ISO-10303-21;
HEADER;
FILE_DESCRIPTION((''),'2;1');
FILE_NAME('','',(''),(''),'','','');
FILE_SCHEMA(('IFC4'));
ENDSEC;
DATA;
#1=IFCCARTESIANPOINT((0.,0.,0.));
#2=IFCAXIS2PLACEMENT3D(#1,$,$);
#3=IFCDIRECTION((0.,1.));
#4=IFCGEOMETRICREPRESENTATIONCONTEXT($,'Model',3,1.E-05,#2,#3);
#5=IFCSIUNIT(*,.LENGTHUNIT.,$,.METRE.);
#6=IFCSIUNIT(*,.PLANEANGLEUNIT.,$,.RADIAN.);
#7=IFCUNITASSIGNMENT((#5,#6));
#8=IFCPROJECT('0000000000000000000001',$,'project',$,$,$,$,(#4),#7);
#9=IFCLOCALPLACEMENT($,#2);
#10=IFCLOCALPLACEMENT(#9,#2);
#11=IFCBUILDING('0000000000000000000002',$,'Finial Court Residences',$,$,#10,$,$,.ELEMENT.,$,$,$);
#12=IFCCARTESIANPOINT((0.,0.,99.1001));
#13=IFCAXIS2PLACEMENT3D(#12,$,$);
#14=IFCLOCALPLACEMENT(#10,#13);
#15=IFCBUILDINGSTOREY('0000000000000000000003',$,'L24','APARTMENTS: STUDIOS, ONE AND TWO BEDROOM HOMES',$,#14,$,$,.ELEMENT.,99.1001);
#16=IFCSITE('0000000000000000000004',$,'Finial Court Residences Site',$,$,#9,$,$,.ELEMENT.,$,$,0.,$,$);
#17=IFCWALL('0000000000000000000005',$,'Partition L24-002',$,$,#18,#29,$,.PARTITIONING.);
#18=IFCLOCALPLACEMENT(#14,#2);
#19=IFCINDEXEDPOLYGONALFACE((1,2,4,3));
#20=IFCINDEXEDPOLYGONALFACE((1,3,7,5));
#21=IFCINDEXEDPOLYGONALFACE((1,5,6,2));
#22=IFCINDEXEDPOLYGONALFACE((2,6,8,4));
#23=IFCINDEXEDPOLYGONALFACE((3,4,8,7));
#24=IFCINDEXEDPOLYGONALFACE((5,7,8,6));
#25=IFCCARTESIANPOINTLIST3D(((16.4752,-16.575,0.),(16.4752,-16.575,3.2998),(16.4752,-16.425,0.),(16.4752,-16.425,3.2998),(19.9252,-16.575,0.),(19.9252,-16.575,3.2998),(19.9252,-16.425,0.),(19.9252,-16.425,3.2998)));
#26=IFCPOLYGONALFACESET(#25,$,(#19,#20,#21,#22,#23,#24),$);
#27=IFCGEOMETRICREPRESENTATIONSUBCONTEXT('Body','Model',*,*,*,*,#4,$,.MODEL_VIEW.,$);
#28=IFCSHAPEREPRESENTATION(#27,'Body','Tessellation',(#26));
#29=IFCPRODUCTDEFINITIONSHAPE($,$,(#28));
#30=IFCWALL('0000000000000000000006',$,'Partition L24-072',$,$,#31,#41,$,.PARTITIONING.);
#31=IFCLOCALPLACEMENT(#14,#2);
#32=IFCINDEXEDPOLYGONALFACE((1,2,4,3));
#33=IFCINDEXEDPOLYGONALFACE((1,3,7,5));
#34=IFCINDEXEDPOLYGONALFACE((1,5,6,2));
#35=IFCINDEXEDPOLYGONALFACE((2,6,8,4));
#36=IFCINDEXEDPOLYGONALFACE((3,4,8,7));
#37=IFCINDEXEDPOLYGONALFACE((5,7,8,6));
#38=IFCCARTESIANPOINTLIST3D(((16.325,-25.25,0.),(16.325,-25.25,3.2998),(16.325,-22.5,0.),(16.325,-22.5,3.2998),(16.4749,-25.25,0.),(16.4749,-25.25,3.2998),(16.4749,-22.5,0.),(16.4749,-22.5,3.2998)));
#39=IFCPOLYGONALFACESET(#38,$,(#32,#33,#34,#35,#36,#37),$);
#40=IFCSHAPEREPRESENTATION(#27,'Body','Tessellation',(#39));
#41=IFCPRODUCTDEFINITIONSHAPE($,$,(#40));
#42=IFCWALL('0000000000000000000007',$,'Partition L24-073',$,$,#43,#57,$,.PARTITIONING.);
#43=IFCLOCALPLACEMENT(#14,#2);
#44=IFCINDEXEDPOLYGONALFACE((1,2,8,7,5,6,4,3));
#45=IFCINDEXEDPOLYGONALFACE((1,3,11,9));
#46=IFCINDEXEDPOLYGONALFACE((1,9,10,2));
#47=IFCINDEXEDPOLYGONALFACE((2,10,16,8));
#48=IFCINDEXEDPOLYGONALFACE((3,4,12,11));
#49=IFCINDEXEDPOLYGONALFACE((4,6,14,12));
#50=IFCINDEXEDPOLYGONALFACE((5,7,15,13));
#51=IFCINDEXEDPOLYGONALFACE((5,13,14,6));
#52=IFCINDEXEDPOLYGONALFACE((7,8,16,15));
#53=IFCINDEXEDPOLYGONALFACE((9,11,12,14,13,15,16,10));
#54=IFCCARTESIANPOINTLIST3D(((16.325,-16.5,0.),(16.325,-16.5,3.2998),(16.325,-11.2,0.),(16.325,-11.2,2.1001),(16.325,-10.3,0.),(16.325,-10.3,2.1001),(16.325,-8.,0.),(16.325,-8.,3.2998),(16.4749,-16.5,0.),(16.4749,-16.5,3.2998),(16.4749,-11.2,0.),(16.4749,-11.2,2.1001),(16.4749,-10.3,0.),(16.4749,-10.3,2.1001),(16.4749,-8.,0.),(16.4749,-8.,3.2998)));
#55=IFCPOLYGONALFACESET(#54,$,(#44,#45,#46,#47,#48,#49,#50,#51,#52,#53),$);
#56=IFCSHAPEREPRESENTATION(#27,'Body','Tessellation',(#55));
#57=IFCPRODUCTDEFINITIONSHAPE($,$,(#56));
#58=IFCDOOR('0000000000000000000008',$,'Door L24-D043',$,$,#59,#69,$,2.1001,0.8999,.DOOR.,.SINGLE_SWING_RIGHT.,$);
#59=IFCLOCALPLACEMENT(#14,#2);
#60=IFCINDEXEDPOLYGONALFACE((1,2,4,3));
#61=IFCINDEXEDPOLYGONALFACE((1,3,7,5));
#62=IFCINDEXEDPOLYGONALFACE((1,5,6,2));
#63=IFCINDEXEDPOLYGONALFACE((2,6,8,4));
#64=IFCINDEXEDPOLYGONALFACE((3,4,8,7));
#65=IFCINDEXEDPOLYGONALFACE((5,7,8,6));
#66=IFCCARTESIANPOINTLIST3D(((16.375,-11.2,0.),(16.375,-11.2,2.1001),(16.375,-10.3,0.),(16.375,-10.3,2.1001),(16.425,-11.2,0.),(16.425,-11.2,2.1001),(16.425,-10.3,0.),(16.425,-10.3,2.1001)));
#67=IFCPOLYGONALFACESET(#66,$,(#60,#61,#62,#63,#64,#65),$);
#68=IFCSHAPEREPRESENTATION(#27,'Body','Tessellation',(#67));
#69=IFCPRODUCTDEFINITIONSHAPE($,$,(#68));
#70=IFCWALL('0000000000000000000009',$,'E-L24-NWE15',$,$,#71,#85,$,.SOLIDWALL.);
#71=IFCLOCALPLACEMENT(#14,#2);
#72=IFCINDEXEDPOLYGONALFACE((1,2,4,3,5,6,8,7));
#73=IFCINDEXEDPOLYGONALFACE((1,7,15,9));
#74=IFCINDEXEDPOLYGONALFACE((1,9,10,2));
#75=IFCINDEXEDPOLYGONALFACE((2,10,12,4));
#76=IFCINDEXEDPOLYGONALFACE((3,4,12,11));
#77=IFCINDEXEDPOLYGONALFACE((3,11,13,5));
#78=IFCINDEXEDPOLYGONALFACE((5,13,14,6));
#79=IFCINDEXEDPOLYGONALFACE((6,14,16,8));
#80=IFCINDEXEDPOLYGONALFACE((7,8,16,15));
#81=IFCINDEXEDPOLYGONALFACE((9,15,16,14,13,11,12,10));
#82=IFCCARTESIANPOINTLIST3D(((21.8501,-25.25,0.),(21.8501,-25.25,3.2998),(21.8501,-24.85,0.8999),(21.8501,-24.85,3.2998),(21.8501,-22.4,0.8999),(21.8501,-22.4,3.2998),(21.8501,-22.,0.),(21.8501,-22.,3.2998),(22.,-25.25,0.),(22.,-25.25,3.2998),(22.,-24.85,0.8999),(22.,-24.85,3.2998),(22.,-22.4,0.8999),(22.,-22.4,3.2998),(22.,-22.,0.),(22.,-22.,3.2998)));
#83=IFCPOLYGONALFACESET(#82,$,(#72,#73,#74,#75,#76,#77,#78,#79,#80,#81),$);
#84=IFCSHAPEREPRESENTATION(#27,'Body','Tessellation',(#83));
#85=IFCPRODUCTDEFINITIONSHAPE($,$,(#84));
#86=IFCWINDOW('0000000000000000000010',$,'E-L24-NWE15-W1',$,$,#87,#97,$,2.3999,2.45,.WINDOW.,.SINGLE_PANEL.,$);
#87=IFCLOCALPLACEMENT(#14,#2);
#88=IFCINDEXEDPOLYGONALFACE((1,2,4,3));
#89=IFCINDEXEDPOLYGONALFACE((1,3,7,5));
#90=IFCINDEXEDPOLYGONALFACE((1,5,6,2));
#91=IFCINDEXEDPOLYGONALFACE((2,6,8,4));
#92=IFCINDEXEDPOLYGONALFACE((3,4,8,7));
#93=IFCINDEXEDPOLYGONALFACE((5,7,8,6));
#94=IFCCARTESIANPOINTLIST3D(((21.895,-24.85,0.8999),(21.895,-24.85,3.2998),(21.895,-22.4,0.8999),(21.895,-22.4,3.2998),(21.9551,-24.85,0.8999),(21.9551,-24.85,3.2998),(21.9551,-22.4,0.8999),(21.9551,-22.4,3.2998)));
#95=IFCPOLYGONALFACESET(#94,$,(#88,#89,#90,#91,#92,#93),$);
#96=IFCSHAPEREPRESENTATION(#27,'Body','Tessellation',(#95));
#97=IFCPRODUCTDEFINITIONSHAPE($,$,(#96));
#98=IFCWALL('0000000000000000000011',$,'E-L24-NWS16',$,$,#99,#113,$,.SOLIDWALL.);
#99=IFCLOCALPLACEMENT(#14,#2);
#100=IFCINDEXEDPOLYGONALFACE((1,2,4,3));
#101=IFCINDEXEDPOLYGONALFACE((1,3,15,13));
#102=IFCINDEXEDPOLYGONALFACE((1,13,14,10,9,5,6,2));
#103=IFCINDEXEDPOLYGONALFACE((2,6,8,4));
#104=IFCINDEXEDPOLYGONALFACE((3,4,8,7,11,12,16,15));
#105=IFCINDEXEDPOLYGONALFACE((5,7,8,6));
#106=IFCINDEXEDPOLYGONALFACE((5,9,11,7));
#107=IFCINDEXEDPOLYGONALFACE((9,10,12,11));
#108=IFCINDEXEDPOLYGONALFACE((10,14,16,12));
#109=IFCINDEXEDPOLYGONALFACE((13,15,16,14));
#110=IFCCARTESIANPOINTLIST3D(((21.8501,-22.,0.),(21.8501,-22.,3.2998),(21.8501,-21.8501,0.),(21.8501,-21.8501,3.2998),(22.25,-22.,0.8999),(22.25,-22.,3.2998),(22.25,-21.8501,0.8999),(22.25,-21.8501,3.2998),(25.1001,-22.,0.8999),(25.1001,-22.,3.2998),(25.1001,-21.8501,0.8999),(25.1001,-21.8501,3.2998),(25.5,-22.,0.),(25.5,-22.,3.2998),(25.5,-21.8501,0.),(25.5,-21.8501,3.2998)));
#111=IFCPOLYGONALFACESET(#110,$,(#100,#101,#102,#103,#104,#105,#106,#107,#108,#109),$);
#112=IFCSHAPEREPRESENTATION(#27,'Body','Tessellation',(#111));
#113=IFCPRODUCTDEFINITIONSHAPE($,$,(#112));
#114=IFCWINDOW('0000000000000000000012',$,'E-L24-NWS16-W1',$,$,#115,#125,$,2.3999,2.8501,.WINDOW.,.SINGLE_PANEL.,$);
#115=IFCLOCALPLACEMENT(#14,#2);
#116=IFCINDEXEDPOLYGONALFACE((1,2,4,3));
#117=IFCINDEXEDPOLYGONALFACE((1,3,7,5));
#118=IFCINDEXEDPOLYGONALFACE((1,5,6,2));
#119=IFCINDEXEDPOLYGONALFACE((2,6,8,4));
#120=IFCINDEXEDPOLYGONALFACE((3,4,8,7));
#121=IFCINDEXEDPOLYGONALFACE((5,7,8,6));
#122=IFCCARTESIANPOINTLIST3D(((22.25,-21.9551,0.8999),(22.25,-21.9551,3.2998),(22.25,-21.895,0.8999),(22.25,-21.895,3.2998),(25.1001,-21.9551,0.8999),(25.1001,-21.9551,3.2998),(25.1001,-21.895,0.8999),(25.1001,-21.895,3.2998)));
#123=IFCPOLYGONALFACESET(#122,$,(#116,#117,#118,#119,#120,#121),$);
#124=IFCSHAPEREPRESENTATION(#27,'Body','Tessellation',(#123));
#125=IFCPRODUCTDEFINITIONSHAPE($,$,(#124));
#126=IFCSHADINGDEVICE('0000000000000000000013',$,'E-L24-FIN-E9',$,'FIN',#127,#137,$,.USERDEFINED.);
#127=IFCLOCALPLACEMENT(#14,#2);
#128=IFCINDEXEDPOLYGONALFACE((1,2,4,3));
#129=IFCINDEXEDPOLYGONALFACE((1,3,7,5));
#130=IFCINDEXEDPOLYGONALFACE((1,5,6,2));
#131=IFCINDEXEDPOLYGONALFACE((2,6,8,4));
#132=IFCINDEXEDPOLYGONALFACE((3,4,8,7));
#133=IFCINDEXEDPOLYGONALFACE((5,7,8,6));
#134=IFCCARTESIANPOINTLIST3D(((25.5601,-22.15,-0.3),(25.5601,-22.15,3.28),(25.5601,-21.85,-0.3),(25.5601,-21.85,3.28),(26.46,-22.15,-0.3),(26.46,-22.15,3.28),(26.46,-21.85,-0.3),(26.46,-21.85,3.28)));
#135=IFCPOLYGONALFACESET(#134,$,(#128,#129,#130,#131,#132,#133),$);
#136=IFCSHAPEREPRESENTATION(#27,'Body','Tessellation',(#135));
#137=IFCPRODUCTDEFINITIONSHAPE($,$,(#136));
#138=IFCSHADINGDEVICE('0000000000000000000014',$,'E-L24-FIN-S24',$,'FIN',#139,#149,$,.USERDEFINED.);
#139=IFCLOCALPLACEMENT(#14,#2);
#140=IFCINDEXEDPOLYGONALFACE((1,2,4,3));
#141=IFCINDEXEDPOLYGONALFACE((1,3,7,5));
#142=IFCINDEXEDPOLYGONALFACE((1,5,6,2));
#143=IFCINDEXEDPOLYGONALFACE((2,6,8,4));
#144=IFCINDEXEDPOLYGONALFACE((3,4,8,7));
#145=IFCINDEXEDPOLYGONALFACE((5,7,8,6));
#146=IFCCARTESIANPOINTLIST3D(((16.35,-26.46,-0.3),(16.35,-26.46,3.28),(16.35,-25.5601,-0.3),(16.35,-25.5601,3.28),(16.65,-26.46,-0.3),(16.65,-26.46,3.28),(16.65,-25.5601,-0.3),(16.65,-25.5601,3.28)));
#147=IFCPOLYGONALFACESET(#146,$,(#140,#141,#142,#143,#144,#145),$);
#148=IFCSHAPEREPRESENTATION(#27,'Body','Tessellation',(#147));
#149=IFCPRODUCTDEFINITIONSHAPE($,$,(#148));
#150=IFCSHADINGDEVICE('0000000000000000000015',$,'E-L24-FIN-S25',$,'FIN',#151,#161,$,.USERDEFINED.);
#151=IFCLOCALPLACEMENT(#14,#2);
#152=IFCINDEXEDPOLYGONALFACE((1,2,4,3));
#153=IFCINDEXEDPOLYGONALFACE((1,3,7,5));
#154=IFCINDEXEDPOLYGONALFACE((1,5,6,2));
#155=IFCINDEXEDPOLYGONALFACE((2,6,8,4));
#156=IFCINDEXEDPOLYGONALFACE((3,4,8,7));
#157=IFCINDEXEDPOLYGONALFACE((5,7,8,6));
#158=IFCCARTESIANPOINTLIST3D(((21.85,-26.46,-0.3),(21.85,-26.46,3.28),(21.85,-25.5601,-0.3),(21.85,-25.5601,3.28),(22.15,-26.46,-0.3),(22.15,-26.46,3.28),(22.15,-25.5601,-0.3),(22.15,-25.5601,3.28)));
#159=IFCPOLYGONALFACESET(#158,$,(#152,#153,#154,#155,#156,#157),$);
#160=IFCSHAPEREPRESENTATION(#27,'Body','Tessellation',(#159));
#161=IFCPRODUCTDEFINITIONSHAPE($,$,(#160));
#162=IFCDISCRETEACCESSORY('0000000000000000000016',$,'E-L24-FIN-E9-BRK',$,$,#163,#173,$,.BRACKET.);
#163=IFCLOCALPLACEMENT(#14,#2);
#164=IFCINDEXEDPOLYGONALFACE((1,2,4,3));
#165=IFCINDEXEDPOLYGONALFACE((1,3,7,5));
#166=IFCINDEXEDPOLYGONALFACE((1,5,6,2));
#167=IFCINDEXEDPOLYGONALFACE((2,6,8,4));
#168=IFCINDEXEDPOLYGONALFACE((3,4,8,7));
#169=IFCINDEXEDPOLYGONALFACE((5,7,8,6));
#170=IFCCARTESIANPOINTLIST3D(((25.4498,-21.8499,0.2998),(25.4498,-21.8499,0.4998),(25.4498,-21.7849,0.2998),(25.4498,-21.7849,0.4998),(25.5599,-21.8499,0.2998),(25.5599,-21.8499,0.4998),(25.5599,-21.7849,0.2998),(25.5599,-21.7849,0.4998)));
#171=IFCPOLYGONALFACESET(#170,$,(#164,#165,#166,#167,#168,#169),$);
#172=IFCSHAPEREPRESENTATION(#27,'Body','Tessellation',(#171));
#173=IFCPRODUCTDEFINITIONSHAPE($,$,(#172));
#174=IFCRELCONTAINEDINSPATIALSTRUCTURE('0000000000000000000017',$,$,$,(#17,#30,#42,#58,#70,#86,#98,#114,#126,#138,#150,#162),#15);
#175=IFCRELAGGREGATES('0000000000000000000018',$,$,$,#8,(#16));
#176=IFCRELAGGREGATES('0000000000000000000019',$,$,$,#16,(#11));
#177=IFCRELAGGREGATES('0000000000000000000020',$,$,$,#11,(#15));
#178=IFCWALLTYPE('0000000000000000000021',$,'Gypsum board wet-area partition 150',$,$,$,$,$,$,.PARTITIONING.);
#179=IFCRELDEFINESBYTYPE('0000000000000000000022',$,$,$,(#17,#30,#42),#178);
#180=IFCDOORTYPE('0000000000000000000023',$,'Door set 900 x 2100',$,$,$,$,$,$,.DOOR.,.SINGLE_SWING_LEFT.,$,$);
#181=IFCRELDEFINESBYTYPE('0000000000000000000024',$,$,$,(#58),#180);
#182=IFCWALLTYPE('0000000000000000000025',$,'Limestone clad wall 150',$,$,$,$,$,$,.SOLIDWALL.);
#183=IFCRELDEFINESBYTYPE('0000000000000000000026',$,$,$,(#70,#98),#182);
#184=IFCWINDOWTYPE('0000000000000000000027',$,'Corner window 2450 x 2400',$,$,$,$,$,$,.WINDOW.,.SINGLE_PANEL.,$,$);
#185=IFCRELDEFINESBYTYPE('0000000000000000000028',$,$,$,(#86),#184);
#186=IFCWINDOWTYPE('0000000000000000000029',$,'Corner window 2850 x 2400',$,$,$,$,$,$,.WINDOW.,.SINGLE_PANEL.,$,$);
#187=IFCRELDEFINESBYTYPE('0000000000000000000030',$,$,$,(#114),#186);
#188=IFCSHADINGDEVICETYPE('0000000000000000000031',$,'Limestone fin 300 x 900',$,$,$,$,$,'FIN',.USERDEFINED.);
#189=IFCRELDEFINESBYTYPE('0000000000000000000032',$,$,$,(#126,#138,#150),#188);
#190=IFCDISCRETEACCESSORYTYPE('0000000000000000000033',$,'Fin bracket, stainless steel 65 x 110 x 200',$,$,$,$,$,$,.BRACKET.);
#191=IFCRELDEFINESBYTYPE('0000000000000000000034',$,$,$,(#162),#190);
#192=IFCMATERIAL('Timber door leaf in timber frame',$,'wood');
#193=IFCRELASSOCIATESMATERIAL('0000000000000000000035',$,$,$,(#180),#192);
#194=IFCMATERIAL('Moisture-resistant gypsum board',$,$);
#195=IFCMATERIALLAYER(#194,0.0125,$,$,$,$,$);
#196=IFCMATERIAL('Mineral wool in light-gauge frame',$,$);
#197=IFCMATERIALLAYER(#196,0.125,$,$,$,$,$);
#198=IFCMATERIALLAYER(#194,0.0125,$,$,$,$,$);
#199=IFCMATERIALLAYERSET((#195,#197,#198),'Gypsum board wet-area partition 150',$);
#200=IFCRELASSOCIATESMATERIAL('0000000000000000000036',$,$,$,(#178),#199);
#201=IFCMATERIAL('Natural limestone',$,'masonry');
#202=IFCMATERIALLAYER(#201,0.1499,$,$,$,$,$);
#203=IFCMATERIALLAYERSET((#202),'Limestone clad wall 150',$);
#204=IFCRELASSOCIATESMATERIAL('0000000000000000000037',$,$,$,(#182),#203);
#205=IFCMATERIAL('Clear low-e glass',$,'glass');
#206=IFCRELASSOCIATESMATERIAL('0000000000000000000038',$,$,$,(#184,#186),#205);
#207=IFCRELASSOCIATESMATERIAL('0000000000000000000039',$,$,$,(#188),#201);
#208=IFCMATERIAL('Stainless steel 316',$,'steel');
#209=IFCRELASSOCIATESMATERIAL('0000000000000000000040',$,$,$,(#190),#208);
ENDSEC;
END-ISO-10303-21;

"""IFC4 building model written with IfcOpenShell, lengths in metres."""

from ifc_helpers import new_model, si_unit, direction, frame, frame_2d, origin, origin_2d, place, context, subcontext, project, spatial, rectangle, extrude, material, layer, layer_set, type_object, element, fill, save


model = new_model("IFC4")

# Units and contexts
model_context = context("Model", 3, precision=1e-05, world=origin(), true_north=direction((0.0, 1.0)))
body_context = subcontext(model_context, "Body", "Model", "MODEL_VIEW")
ifc_project = project(units=[si_unit("LENGTHUNIT", "METRE"), si_unit("PLANEANGLEUNIT", "RADIAN")], contexts=[model_context])

# Site, building, storey
site_placement = place(None, origin())
site = spatial("IfcSite", under=ifc_project, at=site_placement, Name="Finial Court Residences Site", CompositionType="ELEMENT", RefElevation=0.0)
building_placement = place(site_placement, origin())
building = spatial("IfcBuilding", under=site, at=building_placement, Name="Finial Court Residences", CompositionType="ELEMENT")
storey_placement = place(building_placement, frame((0.0, 0.0, 99.1001)))
storey = spatial("IfcBuildingStorey", under=building, at=storey_placement, Name="L24", Description="APARTMENTS: STUDIOS, ONE AND TWO BEDROOM HOMES", CompositionType="ELEMENT", Elevation=99.1001)

# Shared definitions
ifc_material_1 = material(Name="Clear low-e glass", Category="glass")

# Shared definitions
ifc_material_2 = material(Name="Mineral wool in light-gauge frame")

# Shared definitions
ifc_material_3 = material(Name="Timber door leaf in timber frame", Category="wood")
door_type = type_object("IfcDoorType", Name="Door set 900 x 2100", OperationType="SINGLE_SWING_LEFT", PredefinedType="DOOR", material=ifc_material_3)

# Walls
ifc_material_4 = material(Name="Moisture-resistant gypsum board")
ifc_layer_1 = layer(ifc_material_4, 0.0125)
ifc_layer_2 = layer(ifc_material_2, 0.125)
ifc_layer_3 = layer(ifc_material_4, 0.0125)
ifc_layer_set_1 = layer_set([ifc_layer_1, ifc_layer_2, ifc_layer_3], Name="Gypsum board wet-area partition 150")
wall_type_1 = type_object("IfcWallType", Name="Gypsum board wet-area partition 150", PredefinedType="PARTITIONING", material=ifc_layer_set_1)
wall_1_placement = place(storey_placement, frame((16.4751, -16.5, 0.0), z_axis=(0.0, 0.0, 1.0), x_axis=(1.0, 0.0, 0.0)))
element("IfcWall", 1, at=wall_1_placement, inside=storey, type_object=wall_type_1, Name="Partition L24-002", PredefinedType="PARTITIONING", context=body_context, shape_type="SweptSolid", body=[
    extrude(rectangle(XDim=3.45, YDim=0.1499, at=frame_2d((1.7251, 0.0))), origin(), (0.0, 0.0, 1.0), 3.2998),
])
wall_2_placement = place(storey_placement, frame((16.3999, -25.25, 0.0), z_axis=(0.0, 0.0, 1.0), x_axis=(0.0, 1.0, 0.0)))
element("IfcWall", 2, at=wall_2_placement, inside=storey, type_object=wall_type_1, Name="Partition L24-072", PredefinedType="PARTITIONING", context=body_context, shape_type="SweptSolid", body=[
    extrude(rectangle(XDim=2.75, YDim=0.1499, at=frame_2d((1.375, 0.0))), origin(), (0.0, 0.0, 1.0), 3.2998),
])

# Wall, opening, door
wall_3_placement = place(storey_placement, frame((16.3999, -16.5, 0.0), z_axis=(0.0, 0.0, 1.0), x_axis=(0.0, 1.0, 0.0)))
wall_3 = element("IfcWall", 3, at=wall_3_placement, inside=storey, type_object=wall_type_1, Name="Partition L24-073", PredefinedType="PARTITIONING", context=body_context, shape_type="SweptSolid", body=[
    extrude(rectangle(XDim=8.5, YDim=0.1499, at=frame_2d((4.25, 0.0))), origin(), (0.0, 0.0, 1.0), 3.2998),
])
opening_1_placement = place(wall_3_placement, frame((5.3, 0.0, 0.0)))
opening_1 = element("IfcOpeningElement", 4, at=opening_1_placement, cuts=wall_3, PredefinedType="OPENING", context=body_context, shape_type="SweptSolid", body=[
    extrude(rectangle(XDim=0.8999, YDim=2.1001, at=frame_2d((0.45, 1.05))), frame((0.0, 0.085, 0.0), z_axis=(0.0, -1.0, 0.0), x_axis=(1.0, 0.0, 0.0)), (0.0, 0.0, 1.0), 0.1699),
])
door_1_placement = place(opening_1_placement, origin())
door_1 = element("IfcDoor", 5, at=door_1_placement, inside=storey, type_object=door_type, Name="Door L24-D043", OperationType="SINGLE_SWING_RIGHT", OverallHeight=2.1001, OverallWidth=0.8999, PredefinedType="DOOR", context=body_context, shape_type="SweptSolid", body=[
    extrude(rectangle(XDim=0.8999, YDim=2.1001, at=frame_2d((0.45, 1.05))), frame((0.0, 0.0249, 0.0), z_axis=(0.0, -1.0, 0.0), x_axis=(1.0, 0.0, 0.0)), (0.0, 0.0, 1.0), 0.05),
])
fill(opening_1, door_1)

# Walls, openings, windows
ifc_material_5 = material(Name="Natural limestone", Category="masonry")
ifc_layer_4 = layer(ifc_material_5, 0.1499)
ifc_layer_set_2 = layer_set([ifc_layer_4], Name="Limestone clad wall 150")
wall_type_2 = type_object("IfcWallType", Name="Limestone clad wall 150", PredefinedType="SOLIDWALL", material=ifc_layer_set_2)
wall_4_placement = place(storey_placement, frame((21.925, -22.0, 0.0), z_axis=(0.0, 0.0, 1.0), x_axis=(0.0, -1.0, 0.0)))
wall_4 = element("IfcWall", 6, at=wall_4_placement, inside=storey, type_object=wall_type_2, Name="E-L24-NWE15", PredefinedType="SOLIDWALL", context=body_context, shape_type="SweptSolid", body=[
    extrude(rectangle(XDim=3.25, YDim=0.1499, at=frame_2d((1.625, 0.0))), origin(), (0.0, 0.0, 1.0), 3.2998),
])
opening_2_placement = place(wall_4_placement, frame((0.3999, 0.0, 0.8999)))
opening_2 = element("IfcOpeningElement", 7, at=opening_2_placement, cuts=wall_4, PredefinedType="OPENING", context=body_context, shape_type="SweptSolid", body=[
    extrude(rectangle(XDim=2.45, YDim=2.3999, at=frame_2d((1.2251, 1.2))), frame((0.0, 0.085, 0.0), z_axis=(0.0, -1.0, 0.0), x_axis=(1.0, 0.0, 0.0)), (0.0, 0.0, 1.0), 0.1699),
])
window_type_1 = type_object("IfcWindowType", Name="Corner window 2450 x 2400", PartitioningType="SINGLE_PANEL", PredefinedType="WINDOW", material=ifc_material_1)
window_1_placement = place(opening_2_placement, origin())
window_1 = element("IfcWindow", 8, at=window_1_placement, inside=storey, type_object=window_type_1, Name="E-L24-NWE15-W1", OverallHeight=2.3999, OverallWidth=2.45, PartitioningType="SINGLE_PANEL", PredefinedType="WINDOW", context=body_context, shape_type="SweptSolid", body=[
    extrude(rectangle(XDim=2.45, YDim=2.3999, at=frame_2d((1.2251, 1.2))), frame((0.0, 0.03, 0.0), z_axis=(0.0, -1.0, 0.0), x_axis=(1.0, 0.0, 0.0)), (0.0, 0.0, 1.0), 0.0601),
])
fill(opening_2, window_1)
wall_5_placement = place(storey_placement, frame((25.5, -21.925, 0.0), z_axis=(0.0, 0.0, 1.0), x_axis=(-1.0, 0.0, 0.0)))
wall_5 = element("IfcWall", 9, at=wall_5_placement, inside=storey, type_object=wall_type_2, Name="E-L24-NWS16", PredefinedType="SOLIDWALL", context=body_context, shape_type="SweptSolid", body=[
    extrude(rectangle(XDim=3.6499, YDim=0.1499, at=frame_2d((1.825, 0.0))), origin(), (0.0, 0.0, 1.0), 3.2998),
])
opening_3_placement = place(wall_5_placement, frame((0.3999, 0.0, 0.8999)))
opening_3 = element("IfcOpeningElement", 10, at=opening_3_placement, cuts=wall_5, PredefinedType="OPENING", context=body_context, shape_type="SweptSolid", body=[
    extrude(rectangle(XDim=2.8501, YDim=2.3999, at=frame_2d((1.425, 1.2))), frame((0.0, 0.085, 0.0), z_axis=(0.0, -1.0, 0.0), x_axis=(1.0, 0.0, 0.0)), (0.0, 0.0, 1.0), 0.1699),
])
window_type_2 = type_object("IfcWindowType", Name="Corner window 2850 x 2400", PartitioningType="SINGLE_PANEL", PredefinedType="WINDOW", material=ifc_material_1)
window_2_placement = place(opening_3_placement, origin())
window_2 = element("IfcWindow", 11, at=window_2_placement, inside=storey, type_object=window_type_2, Name="E-L24-NWS16-W1", OverallHeight=2.3999, OverallWidth=2.8501, PartitioningType="SINGLE_PANEL", PredefinedType="WINDOW", context=body_context, shape_type="SweptSolid", body=[
    extrude(rectangle(XDim=2.8501, YDim=2.3999, at=frame_2d((1.425, 1.2))), frame((0.0, 0.03, 0.0), z_axis=(0.0, -1.0, 0.0), x_axis=(1.0, 0.0, 0.0)), (0.0, 0.0, 1.0), 0.0601),
])
fill(opening_3, window_2)

# Shading devices
shading_device_type = type_object("IfcShadingDeviceType", Name="Limestone fin 300 x 900", ElementType="FIN", PredefinedType="USERDEFINED", material=ifc_material_5)
shading_device_placement = place(storey_placement, frame((26.01, -22.0, -0.3), z_axis=(0.0, 0.0, 1.0), x_axis=(1.0, 0.0, 0.0)))
element("IfcShadingDevice", 12, at=shading_device_placement, inside=storey, type_object=shading_device_type, Name="E-L24-FIN-E9", ObjectType="FIN", PredefinedType="USERDEFINED", context=body_context, shape_type="SweptSolid", body=[
    extrude(rectangle(XDim=0.8999, YDim=0.3, at=origin_2d()), origin(), (0.0, 0.0, 1.0), 3.5801),
])
for number, where, z_axis, x_axis, name in (
    (13, (16.5, -26.01, -0.3), (0.0, 0.0, 1.0), (1.0, 0.0, 0.0), "E-L24-FIN-S24"),
    (14, (22.0, -26.01, -0.3), (0.0, 0.0, 1.0), (1.0, 0.0, 0.0), "E-L24-FIN-S25"),
):
    element("IfcShadingDevice", number, at=place(storey_placement, frame(where, z_axis=z_axis, x_axis=x_axis)), inside=storey, type_object=shading_device_type, Name=name, ObjectType="FIN", PredefinedType="USERDEFINED", context=body_context, shape_type="SweptSolid", body=[
        extrude(rectangle(XDim=0.3, YDim=0.8999, at=origin_2d()), origin(), (0.0, 0.0, 1.0), 3.5801),
    ])

# Discrete accessory
ifc_material_6 = material(Name="Stainless steel 316", Category="steel")
discrete_accessory_type = type_object("IfcDiscreteAccessoryType", Name="Fin bracket, stainless steel 65 x 110 x 200", PredefinedType="BRACKET", material=ifc_material_6)
discrete_accessory_placement = place(storey_placement, frame((25.5049, -21.8174, 0.2998), z_axis=(0.0, 0.0, 1.0), x_axis=(1.0, 0.0, 0.0)))
element("IfcDiscreteAccessory", 15, at=discrete_accessory_placement, inside=storey, type_object=discrete_accessory_type, Name="E-L24-FIN-E9-BRK", PredefinedType="BRACKET", context=body_context, shape_type="SweptSolid", body=[
    extrude(rectangle(XDim=0.1101, YDim=0.0649, at=origin_2d()), origin(), (0.0, 0.0, 1.0), 0.2),
])

save(model, "model.ifc")
